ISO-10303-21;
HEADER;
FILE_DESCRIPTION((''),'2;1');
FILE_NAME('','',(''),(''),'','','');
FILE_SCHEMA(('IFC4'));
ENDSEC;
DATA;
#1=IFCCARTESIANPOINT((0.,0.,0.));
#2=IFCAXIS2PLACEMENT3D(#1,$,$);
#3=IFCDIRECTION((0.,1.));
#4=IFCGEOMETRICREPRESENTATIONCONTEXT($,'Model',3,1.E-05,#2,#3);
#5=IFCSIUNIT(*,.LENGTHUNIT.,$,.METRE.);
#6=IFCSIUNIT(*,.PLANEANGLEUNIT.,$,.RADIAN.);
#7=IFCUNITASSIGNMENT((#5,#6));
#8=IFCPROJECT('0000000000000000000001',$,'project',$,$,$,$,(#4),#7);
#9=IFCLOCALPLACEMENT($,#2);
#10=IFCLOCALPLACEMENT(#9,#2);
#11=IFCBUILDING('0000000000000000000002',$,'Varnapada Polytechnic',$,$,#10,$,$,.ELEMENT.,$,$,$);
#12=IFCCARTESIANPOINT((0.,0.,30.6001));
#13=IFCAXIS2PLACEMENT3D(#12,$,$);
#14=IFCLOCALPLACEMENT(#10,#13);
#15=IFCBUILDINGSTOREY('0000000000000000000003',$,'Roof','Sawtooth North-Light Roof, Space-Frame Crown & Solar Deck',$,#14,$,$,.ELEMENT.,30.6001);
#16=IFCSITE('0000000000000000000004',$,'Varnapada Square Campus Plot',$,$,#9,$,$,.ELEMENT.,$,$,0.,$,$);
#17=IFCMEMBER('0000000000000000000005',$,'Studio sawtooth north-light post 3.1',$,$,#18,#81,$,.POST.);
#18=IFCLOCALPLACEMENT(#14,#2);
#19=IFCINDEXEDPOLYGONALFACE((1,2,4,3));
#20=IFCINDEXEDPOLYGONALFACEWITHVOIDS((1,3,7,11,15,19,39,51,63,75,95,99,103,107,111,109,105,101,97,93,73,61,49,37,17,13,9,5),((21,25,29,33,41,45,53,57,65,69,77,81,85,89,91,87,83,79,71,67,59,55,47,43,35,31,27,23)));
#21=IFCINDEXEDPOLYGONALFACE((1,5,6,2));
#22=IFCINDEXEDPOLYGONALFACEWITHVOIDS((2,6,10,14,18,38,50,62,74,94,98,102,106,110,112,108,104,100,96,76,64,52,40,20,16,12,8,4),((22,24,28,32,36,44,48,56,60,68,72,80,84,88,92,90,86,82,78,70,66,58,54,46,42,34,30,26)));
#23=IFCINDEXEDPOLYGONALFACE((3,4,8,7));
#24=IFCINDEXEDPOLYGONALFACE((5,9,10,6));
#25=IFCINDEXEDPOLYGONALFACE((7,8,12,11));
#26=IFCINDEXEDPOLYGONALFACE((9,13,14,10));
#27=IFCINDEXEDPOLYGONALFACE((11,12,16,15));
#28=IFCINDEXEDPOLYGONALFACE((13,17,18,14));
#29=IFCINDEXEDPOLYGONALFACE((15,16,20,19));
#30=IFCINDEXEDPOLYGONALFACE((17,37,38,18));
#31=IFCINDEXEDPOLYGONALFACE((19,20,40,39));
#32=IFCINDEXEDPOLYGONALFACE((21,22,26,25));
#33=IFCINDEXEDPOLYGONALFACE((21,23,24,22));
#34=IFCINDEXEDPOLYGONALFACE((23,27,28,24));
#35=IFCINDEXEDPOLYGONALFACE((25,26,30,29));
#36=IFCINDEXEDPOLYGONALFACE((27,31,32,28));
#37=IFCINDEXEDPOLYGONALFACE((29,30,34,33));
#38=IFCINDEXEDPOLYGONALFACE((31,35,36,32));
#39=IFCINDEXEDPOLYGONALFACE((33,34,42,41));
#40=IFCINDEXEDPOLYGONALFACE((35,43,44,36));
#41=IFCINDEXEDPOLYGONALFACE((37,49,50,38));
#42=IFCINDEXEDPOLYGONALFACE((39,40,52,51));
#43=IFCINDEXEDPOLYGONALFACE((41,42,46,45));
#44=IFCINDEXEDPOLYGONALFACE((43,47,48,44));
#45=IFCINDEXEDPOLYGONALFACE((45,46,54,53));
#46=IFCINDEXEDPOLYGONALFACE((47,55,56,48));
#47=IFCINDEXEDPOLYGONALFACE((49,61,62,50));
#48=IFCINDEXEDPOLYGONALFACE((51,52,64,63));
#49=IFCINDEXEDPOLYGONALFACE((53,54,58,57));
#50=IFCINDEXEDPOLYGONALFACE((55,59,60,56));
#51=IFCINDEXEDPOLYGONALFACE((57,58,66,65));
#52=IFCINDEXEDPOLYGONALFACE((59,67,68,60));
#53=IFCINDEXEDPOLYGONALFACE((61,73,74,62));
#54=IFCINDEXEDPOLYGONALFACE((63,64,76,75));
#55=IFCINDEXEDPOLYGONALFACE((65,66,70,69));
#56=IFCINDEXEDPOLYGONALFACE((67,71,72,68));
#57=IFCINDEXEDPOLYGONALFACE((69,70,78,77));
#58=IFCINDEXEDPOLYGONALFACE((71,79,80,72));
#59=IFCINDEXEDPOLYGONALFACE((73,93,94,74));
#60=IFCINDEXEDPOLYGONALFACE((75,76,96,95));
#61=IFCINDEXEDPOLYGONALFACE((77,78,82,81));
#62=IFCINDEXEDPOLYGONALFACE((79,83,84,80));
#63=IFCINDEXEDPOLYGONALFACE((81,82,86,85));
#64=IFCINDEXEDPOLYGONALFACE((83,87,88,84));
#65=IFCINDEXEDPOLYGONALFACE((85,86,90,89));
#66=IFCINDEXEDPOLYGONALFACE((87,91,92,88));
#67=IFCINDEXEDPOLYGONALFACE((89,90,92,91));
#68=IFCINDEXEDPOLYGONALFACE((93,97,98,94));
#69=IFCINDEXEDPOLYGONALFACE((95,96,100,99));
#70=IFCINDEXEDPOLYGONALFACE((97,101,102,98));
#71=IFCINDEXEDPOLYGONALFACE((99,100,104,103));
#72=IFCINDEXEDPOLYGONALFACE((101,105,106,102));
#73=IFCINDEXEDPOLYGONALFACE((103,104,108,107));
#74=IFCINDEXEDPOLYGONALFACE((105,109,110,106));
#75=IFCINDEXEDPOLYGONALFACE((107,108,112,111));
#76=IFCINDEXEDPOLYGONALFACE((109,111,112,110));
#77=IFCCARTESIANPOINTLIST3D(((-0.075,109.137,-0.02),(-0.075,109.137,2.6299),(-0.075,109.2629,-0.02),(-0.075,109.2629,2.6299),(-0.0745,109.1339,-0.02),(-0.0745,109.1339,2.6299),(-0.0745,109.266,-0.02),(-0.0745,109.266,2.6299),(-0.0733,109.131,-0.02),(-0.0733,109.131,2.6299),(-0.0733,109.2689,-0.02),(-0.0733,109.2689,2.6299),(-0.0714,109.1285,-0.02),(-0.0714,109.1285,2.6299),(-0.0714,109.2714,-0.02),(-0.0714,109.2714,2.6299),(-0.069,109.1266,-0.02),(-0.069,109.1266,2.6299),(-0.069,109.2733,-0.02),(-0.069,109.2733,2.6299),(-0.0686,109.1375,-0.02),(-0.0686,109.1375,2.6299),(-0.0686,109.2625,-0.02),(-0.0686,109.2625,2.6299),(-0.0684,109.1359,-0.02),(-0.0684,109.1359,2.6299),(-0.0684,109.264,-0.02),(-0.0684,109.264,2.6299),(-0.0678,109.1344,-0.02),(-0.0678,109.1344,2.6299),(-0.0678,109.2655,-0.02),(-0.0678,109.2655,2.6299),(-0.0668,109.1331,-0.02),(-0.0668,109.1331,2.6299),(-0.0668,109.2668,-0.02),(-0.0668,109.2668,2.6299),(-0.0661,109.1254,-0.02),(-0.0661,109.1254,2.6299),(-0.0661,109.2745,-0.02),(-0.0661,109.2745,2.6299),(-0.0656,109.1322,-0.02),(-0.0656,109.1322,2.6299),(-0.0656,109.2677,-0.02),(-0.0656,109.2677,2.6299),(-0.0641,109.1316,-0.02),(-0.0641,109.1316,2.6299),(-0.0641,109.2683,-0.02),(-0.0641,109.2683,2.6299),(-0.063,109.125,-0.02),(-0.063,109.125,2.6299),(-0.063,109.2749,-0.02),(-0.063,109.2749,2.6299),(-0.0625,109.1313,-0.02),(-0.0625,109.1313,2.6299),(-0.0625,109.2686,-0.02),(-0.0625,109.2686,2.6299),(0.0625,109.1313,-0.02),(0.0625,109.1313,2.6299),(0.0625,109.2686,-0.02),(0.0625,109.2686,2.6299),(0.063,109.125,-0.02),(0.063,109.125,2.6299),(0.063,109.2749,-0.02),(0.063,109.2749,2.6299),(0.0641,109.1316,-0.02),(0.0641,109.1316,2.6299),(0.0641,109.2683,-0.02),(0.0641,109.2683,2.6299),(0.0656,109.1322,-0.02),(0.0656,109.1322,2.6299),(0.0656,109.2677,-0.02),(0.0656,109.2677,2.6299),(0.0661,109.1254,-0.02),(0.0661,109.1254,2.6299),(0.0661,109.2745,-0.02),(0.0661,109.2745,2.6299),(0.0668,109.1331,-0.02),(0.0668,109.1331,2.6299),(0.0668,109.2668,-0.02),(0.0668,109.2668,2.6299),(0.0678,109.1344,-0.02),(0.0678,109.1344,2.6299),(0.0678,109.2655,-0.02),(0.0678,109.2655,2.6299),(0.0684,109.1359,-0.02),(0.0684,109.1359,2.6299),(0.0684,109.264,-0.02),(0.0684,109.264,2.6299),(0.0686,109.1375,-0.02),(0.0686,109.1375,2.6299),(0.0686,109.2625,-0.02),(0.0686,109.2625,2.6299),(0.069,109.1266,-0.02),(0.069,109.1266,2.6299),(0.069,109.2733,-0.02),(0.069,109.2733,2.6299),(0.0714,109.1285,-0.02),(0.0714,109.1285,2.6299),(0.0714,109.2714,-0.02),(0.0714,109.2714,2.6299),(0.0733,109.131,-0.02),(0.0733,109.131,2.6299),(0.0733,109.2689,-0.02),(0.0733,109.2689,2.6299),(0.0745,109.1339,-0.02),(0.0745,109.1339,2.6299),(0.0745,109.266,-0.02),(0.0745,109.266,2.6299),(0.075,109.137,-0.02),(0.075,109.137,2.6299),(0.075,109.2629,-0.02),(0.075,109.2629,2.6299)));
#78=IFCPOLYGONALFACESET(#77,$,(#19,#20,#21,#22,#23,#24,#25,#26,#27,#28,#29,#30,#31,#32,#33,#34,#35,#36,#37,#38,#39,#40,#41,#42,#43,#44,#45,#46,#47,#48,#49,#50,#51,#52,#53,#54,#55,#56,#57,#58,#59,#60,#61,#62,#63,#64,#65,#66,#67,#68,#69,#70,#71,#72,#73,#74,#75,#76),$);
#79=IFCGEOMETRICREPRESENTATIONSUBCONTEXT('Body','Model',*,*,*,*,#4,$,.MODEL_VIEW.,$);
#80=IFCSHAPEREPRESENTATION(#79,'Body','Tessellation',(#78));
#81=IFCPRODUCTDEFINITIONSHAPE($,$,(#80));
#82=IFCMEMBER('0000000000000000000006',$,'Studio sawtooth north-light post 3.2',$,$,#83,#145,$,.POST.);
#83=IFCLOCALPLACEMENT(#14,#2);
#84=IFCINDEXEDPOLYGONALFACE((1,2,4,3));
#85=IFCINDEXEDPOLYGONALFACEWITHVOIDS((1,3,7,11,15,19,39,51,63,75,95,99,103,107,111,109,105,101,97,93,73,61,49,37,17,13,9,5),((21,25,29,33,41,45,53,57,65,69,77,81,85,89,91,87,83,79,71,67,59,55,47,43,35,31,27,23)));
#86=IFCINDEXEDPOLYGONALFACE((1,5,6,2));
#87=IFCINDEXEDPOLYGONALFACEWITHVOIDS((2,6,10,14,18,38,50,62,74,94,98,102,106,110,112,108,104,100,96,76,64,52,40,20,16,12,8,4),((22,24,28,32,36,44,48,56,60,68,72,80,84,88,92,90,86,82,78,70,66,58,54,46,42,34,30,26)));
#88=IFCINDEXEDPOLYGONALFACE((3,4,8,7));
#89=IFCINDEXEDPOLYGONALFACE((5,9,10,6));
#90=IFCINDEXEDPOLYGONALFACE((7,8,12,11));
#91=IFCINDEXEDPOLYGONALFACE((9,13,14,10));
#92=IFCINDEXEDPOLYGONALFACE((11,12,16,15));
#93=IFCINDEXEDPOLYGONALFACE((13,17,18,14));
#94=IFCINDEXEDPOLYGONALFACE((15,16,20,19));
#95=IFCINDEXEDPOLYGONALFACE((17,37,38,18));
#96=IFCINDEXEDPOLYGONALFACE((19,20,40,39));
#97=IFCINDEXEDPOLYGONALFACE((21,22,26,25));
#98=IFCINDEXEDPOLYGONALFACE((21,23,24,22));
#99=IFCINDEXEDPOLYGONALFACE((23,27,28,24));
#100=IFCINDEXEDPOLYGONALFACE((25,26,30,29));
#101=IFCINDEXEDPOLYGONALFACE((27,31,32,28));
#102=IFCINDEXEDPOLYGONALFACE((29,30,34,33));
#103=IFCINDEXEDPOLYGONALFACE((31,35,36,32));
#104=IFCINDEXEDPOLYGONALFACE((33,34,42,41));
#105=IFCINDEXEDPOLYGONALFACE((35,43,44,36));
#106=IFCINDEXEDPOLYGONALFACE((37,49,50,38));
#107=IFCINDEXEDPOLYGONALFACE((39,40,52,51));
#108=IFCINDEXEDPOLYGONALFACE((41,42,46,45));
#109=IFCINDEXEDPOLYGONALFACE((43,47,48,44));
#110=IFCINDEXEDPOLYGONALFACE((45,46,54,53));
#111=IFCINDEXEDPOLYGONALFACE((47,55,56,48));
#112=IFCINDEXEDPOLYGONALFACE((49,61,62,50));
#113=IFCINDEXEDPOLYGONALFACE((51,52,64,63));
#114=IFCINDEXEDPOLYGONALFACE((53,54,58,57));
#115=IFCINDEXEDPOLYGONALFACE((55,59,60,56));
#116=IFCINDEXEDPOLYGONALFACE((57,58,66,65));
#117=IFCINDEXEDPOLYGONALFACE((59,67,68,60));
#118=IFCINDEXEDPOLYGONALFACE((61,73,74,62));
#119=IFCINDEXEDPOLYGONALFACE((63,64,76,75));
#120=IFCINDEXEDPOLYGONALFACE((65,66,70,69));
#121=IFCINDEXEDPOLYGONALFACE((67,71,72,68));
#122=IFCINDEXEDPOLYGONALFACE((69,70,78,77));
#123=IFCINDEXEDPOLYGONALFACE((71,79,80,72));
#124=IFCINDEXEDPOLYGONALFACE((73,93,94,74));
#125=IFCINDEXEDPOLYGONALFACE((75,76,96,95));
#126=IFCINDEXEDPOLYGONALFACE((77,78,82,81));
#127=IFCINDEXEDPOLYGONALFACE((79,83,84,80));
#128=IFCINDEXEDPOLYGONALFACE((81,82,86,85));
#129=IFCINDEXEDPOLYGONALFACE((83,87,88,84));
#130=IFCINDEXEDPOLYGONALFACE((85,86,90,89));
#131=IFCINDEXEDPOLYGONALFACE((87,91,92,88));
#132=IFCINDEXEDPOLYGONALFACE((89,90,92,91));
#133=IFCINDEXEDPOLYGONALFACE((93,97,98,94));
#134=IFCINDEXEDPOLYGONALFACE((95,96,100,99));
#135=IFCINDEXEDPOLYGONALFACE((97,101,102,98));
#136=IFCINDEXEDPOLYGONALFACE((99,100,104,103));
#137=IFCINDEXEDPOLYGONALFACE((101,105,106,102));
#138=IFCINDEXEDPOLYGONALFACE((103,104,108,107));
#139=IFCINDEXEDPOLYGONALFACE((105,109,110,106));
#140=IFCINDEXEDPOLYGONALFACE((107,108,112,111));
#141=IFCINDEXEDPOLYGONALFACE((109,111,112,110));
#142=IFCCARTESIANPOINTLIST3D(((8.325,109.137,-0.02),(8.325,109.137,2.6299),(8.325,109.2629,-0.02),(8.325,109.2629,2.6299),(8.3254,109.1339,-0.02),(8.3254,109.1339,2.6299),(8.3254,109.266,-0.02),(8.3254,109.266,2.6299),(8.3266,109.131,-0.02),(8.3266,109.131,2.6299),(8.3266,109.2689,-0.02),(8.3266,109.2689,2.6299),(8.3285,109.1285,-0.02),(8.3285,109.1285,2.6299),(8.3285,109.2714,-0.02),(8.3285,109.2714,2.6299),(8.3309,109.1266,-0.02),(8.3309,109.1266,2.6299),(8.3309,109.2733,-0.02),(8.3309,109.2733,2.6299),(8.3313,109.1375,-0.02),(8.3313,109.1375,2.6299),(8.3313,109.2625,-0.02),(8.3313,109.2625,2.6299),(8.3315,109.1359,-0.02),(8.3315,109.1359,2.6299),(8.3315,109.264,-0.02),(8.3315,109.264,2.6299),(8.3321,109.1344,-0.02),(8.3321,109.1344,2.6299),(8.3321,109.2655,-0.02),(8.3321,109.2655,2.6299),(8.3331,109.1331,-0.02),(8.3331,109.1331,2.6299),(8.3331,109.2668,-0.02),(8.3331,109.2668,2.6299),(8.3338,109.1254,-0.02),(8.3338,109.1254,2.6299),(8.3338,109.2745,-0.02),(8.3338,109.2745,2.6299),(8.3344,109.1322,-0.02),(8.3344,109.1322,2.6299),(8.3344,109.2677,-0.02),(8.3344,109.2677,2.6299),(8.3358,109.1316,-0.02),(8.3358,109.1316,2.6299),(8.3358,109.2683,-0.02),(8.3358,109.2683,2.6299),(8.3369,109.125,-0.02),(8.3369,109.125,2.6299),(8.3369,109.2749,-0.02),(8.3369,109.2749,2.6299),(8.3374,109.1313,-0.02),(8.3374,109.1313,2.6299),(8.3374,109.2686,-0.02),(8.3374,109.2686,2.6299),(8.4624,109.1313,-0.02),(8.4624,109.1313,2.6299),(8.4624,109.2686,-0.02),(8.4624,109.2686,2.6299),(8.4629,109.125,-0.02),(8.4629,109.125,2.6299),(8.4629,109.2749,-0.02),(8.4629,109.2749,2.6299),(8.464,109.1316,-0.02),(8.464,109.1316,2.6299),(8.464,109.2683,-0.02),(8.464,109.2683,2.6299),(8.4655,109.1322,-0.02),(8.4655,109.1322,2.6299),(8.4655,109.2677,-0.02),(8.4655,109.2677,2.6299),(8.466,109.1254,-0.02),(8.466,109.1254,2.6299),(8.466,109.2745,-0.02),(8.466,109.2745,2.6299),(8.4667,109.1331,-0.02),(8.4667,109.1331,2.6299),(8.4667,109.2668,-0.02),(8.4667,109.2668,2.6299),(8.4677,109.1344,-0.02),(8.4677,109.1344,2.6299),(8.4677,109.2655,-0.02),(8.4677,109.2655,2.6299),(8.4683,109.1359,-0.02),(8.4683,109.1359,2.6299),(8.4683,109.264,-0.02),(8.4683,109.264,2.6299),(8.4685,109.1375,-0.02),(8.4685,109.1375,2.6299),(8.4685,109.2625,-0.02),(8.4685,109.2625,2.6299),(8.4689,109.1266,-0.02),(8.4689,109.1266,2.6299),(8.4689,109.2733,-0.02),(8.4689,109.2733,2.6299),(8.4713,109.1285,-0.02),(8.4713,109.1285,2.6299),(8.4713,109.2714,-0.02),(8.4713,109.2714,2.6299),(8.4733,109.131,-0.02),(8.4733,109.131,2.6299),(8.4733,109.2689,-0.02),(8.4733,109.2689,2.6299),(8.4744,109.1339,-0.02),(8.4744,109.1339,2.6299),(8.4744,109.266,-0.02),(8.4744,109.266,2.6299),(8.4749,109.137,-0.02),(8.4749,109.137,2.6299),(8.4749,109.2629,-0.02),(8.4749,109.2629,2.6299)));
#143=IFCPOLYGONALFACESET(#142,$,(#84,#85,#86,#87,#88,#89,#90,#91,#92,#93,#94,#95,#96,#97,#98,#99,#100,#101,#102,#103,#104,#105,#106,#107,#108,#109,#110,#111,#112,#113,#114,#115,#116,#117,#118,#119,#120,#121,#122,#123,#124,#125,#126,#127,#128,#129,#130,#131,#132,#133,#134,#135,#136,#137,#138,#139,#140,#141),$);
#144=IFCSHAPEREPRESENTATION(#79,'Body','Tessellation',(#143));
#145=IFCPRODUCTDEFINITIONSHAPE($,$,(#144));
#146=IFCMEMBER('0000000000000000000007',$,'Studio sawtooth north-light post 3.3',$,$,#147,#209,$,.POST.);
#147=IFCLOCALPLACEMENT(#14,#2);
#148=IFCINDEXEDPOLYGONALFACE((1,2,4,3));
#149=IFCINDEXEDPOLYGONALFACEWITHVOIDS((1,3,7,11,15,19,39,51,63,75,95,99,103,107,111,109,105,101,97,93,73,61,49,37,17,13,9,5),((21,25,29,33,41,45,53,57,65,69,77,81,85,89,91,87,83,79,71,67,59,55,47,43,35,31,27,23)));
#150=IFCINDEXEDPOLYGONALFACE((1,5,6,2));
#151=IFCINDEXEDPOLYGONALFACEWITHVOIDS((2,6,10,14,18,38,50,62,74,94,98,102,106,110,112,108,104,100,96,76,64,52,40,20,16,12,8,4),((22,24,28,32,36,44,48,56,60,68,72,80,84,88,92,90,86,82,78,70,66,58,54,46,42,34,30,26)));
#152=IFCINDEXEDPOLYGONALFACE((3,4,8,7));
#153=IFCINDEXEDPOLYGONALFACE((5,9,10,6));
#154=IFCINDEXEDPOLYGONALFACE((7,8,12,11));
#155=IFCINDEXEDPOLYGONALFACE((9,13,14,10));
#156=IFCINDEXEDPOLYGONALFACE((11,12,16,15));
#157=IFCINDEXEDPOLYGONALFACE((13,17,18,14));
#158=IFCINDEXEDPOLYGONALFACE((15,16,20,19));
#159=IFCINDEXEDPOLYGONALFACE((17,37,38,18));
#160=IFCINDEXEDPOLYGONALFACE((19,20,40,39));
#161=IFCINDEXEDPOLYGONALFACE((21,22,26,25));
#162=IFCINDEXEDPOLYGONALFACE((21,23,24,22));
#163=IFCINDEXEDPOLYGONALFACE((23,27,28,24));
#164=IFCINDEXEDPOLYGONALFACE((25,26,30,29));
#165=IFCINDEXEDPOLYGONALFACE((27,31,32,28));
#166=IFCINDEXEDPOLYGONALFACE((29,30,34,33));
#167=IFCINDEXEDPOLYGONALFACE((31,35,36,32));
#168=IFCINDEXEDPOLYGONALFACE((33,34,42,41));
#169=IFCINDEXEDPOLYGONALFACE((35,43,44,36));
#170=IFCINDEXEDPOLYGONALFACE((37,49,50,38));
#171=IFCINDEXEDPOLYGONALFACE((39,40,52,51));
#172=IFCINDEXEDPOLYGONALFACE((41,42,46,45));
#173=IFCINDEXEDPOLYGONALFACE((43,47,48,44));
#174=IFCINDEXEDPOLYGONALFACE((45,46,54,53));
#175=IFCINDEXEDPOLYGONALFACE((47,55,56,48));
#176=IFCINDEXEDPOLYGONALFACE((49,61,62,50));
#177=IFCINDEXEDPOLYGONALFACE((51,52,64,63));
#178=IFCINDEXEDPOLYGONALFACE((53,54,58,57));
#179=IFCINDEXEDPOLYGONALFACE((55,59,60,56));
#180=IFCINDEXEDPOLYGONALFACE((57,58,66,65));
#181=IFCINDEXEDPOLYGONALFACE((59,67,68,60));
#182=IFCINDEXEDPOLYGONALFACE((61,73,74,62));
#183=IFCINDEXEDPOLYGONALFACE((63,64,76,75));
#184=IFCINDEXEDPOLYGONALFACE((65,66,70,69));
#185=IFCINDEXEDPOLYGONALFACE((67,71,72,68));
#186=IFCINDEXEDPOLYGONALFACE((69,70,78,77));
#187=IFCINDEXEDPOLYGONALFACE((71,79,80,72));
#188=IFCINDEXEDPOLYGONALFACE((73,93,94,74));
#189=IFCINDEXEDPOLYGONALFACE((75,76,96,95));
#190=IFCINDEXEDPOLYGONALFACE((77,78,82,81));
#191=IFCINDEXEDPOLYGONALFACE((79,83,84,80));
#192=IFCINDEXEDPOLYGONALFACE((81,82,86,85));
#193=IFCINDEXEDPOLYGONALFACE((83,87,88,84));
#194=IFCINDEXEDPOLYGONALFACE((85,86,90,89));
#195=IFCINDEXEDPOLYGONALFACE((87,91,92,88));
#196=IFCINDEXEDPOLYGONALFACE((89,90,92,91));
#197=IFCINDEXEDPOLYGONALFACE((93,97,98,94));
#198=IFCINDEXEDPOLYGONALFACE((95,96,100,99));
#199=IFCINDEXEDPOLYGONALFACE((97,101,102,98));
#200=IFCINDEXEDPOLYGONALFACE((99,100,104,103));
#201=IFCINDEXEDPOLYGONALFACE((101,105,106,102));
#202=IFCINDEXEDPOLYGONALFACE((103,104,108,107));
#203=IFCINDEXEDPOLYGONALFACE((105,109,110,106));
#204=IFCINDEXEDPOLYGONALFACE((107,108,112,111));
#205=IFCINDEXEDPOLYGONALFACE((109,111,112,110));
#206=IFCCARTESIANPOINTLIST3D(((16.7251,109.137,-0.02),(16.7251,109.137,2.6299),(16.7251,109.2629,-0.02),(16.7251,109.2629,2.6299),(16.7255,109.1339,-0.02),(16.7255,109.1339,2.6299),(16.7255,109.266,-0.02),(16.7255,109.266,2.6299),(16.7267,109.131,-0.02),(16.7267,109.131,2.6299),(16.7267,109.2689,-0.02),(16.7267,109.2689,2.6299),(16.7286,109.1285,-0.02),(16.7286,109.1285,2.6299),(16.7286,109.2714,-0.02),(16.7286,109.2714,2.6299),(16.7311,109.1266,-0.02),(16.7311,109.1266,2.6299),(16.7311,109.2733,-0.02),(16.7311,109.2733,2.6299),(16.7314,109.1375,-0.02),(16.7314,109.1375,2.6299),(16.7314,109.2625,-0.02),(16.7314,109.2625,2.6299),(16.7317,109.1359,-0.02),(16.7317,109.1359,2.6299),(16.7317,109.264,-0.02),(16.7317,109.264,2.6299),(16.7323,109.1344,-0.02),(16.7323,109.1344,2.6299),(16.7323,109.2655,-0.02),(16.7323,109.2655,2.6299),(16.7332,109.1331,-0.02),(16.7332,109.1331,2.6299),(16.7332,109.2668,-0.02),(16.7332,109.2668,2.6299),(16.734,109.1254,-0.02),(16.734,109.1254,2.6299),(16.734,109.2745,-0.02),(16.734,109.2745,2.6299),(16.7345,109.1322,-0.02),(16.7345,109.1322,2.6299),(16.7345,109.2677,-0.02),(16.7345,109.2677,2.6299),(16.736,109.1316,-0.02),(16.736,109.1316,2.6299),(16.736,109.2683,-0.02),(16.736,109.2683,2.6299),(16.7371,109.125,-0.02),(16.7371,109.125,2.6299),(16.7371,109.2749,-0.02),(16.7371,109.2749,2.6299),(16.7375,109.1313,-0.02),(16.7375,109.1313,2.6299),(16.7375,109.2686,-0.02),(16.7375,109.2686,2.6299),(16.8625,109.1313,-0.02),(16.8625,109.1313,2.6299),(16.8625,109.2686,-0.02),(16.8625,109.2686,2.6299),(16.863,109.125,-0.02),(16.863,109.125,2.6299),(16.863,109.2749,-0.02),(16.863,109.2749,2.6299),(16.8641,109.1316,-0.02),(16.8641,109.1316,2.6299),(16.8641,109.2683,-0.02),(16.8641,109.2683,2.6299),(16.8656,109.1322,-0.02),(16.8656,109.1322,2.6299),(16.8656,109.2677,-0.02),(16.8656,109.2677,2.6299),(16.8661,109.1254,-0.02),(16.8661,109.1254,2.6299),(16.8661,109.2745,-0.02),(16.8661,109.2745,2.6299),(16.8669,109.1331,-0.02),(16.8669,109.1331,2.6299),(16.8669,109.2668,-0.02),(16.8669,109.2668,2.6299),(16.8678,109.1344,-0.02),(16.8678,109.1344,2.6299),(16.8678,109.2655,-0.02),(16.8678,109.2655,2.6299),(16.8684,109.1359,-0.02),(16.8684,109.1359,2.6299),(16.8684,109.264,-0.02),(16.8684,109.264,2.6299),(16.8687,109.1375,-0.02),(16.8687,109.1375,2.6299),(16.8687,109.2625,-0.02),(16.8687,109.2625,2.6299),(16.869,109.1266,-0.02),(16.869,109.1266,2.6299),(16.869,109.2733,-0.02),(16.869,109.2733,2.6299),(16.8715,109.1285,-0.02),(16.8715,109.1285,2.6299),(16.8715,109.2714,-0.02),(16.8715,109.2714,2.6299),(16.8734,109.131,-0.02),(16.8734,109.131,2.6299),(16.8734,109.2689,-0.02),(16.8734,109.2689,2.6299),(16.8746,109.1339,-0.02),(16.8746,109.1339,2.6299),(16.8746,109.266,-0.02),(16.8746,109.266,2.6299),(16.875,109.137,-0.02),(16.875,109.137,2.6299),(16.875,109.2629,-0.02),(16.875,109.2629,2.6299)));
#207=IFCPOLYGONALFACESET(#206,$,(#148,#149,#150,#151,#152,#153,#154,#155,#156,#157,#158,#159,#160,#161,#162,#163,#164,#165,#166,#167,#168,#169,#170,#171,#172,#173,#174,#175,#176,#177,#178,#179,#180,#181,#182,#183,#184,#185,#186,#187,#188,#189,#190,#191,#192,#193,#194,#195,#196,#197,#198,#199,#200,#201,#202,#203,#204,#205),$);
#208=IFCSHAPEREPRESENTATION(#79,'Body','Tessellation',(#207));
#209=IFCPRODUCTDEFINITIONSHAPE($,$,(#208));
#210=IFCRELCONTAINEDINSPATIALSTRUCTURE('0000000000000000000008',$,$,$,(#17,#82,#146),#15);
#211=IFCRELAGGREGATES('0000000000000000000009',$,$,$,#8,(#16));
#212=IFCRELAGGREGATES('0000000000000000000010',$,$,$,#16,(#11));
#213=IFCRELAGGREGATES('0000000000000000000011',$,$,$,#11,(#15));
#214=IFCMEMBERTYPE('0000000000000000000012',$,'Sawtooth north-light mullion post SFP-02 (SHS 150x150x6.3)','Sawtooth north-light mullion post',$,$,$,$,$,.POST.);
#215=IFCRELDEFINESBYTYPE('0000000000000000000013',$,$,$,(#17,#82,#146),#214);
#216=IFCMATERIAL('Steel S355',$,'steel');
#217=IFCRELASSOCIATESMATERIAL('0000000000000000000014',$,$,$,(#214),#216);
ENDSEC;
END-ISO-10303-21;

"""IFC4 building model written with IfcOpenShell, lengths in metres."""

from ifc_helpers import new_model, si_unit, direction, frame, origin, origin_2d, place, context, subcontext, project, spatial, hollow_rectangle, extrude, material, material_profile, profile_set, type_object, element, save


model = new_model("IFC4")

# Units and contexts
model_context = context("Model", 3, precision=1e-05, world=origin(), true_north=direction((0.0, 1.0)))
body_context = subcontext(model_context, "Body", "Model", "MODEL_VIEW")
ifc_project = project(units=[si_unit("LENGTHUNIT", "METRE"), si_unit("PLANEANGLEUNIT", "RADIAN")], contexts=[model_context])

# Site, building, storey
site_placement = place(None, origin())
site = spatial("IfcSite", under=ifc_project, at=site_placement, Name="Varnapada Square Campus Plot", CompositionType="ELEMENT", RefElevation=0.0)
building_placement = place(site_placement, origin())
building = spatial("IfcBuilding", under=site, at=building_placement, Name="Varnapada Polytechnic", CompositionType="ELEMENT")
storey_placement = place(building_placement, frame((0.0, 0.0, 30.6001)))
storey = spatial("IfcBuildingStorey", under=building, at=storey_placement, Name="Roof", Description="Sawtooth North-Light Roof, Space-Frame Crown & Solar Deck", CompositionType="ELEMENT", Elevation=30.6001)

# Shared definitions
ifc_material_1 = material(Name="Steel S355", Category="steel")

# Members
ifc_material_profile_1 = material_profile(ifc_material_1, hollow_rectangle(XDim=0.1499, YDim=0.1499, WallThickness=0.0063, InnerFilletRadius=0.0061, OuterFilletRadius=0.012, at=origin_2d()), Name="SHS 150x150x6.3")
ifc_profile_set_1 = profile_set([ifc_material_profile_1], Name="Steel S355")
member_type = type_object("IfcMemberType", Name="Sawtooth north-light mullion post SFP-02 (SHS 150x150x6.3)", Description="Sawtooth north-light mullion post", PredefinedType="POST", material=ifc_profile_set_1)
for number, where, z_axis, x_axis, name in (
    (1, (0.0, 109.2, -0.02), (0.0, 0.0, 1.0), (1.0, 0.0, 0.0), "Studio sawtooth north-light post 3.1"),
    (2, (8.3999, 109.2, -0.02), (0.0, 0.0, 1.0), (1.0, 0.0, 0.0), "Studio sawtooth north-light post 3.2"),
    (3, (16.8, 109.2, -0.02), (0.0, 0.0, 1.0), (1.0, 0.0, 0.0), "Studio sawtooth north-light post 3.3"),
):
    element("IfcMember", number, at=place(storey_placement, frame(where, z_axis=z_axis, x_axis=x_axis)), inside=storey, type_object=member_type, Name=name, PredefinedType="POST", context=body_context, shape_type="SweptSolid", body=[
        extrude(hollow_rectangle(XDim=0.1499, YDim=0.1499, WallThickness=0.0063, InnerFilletRadius=0.0061, OuterFilletRadius=0.012, at=origin_2d()), origin(), (0.0, 0.0, 1.0), 2.6499),
    ])

save(model, "model.ifc")
